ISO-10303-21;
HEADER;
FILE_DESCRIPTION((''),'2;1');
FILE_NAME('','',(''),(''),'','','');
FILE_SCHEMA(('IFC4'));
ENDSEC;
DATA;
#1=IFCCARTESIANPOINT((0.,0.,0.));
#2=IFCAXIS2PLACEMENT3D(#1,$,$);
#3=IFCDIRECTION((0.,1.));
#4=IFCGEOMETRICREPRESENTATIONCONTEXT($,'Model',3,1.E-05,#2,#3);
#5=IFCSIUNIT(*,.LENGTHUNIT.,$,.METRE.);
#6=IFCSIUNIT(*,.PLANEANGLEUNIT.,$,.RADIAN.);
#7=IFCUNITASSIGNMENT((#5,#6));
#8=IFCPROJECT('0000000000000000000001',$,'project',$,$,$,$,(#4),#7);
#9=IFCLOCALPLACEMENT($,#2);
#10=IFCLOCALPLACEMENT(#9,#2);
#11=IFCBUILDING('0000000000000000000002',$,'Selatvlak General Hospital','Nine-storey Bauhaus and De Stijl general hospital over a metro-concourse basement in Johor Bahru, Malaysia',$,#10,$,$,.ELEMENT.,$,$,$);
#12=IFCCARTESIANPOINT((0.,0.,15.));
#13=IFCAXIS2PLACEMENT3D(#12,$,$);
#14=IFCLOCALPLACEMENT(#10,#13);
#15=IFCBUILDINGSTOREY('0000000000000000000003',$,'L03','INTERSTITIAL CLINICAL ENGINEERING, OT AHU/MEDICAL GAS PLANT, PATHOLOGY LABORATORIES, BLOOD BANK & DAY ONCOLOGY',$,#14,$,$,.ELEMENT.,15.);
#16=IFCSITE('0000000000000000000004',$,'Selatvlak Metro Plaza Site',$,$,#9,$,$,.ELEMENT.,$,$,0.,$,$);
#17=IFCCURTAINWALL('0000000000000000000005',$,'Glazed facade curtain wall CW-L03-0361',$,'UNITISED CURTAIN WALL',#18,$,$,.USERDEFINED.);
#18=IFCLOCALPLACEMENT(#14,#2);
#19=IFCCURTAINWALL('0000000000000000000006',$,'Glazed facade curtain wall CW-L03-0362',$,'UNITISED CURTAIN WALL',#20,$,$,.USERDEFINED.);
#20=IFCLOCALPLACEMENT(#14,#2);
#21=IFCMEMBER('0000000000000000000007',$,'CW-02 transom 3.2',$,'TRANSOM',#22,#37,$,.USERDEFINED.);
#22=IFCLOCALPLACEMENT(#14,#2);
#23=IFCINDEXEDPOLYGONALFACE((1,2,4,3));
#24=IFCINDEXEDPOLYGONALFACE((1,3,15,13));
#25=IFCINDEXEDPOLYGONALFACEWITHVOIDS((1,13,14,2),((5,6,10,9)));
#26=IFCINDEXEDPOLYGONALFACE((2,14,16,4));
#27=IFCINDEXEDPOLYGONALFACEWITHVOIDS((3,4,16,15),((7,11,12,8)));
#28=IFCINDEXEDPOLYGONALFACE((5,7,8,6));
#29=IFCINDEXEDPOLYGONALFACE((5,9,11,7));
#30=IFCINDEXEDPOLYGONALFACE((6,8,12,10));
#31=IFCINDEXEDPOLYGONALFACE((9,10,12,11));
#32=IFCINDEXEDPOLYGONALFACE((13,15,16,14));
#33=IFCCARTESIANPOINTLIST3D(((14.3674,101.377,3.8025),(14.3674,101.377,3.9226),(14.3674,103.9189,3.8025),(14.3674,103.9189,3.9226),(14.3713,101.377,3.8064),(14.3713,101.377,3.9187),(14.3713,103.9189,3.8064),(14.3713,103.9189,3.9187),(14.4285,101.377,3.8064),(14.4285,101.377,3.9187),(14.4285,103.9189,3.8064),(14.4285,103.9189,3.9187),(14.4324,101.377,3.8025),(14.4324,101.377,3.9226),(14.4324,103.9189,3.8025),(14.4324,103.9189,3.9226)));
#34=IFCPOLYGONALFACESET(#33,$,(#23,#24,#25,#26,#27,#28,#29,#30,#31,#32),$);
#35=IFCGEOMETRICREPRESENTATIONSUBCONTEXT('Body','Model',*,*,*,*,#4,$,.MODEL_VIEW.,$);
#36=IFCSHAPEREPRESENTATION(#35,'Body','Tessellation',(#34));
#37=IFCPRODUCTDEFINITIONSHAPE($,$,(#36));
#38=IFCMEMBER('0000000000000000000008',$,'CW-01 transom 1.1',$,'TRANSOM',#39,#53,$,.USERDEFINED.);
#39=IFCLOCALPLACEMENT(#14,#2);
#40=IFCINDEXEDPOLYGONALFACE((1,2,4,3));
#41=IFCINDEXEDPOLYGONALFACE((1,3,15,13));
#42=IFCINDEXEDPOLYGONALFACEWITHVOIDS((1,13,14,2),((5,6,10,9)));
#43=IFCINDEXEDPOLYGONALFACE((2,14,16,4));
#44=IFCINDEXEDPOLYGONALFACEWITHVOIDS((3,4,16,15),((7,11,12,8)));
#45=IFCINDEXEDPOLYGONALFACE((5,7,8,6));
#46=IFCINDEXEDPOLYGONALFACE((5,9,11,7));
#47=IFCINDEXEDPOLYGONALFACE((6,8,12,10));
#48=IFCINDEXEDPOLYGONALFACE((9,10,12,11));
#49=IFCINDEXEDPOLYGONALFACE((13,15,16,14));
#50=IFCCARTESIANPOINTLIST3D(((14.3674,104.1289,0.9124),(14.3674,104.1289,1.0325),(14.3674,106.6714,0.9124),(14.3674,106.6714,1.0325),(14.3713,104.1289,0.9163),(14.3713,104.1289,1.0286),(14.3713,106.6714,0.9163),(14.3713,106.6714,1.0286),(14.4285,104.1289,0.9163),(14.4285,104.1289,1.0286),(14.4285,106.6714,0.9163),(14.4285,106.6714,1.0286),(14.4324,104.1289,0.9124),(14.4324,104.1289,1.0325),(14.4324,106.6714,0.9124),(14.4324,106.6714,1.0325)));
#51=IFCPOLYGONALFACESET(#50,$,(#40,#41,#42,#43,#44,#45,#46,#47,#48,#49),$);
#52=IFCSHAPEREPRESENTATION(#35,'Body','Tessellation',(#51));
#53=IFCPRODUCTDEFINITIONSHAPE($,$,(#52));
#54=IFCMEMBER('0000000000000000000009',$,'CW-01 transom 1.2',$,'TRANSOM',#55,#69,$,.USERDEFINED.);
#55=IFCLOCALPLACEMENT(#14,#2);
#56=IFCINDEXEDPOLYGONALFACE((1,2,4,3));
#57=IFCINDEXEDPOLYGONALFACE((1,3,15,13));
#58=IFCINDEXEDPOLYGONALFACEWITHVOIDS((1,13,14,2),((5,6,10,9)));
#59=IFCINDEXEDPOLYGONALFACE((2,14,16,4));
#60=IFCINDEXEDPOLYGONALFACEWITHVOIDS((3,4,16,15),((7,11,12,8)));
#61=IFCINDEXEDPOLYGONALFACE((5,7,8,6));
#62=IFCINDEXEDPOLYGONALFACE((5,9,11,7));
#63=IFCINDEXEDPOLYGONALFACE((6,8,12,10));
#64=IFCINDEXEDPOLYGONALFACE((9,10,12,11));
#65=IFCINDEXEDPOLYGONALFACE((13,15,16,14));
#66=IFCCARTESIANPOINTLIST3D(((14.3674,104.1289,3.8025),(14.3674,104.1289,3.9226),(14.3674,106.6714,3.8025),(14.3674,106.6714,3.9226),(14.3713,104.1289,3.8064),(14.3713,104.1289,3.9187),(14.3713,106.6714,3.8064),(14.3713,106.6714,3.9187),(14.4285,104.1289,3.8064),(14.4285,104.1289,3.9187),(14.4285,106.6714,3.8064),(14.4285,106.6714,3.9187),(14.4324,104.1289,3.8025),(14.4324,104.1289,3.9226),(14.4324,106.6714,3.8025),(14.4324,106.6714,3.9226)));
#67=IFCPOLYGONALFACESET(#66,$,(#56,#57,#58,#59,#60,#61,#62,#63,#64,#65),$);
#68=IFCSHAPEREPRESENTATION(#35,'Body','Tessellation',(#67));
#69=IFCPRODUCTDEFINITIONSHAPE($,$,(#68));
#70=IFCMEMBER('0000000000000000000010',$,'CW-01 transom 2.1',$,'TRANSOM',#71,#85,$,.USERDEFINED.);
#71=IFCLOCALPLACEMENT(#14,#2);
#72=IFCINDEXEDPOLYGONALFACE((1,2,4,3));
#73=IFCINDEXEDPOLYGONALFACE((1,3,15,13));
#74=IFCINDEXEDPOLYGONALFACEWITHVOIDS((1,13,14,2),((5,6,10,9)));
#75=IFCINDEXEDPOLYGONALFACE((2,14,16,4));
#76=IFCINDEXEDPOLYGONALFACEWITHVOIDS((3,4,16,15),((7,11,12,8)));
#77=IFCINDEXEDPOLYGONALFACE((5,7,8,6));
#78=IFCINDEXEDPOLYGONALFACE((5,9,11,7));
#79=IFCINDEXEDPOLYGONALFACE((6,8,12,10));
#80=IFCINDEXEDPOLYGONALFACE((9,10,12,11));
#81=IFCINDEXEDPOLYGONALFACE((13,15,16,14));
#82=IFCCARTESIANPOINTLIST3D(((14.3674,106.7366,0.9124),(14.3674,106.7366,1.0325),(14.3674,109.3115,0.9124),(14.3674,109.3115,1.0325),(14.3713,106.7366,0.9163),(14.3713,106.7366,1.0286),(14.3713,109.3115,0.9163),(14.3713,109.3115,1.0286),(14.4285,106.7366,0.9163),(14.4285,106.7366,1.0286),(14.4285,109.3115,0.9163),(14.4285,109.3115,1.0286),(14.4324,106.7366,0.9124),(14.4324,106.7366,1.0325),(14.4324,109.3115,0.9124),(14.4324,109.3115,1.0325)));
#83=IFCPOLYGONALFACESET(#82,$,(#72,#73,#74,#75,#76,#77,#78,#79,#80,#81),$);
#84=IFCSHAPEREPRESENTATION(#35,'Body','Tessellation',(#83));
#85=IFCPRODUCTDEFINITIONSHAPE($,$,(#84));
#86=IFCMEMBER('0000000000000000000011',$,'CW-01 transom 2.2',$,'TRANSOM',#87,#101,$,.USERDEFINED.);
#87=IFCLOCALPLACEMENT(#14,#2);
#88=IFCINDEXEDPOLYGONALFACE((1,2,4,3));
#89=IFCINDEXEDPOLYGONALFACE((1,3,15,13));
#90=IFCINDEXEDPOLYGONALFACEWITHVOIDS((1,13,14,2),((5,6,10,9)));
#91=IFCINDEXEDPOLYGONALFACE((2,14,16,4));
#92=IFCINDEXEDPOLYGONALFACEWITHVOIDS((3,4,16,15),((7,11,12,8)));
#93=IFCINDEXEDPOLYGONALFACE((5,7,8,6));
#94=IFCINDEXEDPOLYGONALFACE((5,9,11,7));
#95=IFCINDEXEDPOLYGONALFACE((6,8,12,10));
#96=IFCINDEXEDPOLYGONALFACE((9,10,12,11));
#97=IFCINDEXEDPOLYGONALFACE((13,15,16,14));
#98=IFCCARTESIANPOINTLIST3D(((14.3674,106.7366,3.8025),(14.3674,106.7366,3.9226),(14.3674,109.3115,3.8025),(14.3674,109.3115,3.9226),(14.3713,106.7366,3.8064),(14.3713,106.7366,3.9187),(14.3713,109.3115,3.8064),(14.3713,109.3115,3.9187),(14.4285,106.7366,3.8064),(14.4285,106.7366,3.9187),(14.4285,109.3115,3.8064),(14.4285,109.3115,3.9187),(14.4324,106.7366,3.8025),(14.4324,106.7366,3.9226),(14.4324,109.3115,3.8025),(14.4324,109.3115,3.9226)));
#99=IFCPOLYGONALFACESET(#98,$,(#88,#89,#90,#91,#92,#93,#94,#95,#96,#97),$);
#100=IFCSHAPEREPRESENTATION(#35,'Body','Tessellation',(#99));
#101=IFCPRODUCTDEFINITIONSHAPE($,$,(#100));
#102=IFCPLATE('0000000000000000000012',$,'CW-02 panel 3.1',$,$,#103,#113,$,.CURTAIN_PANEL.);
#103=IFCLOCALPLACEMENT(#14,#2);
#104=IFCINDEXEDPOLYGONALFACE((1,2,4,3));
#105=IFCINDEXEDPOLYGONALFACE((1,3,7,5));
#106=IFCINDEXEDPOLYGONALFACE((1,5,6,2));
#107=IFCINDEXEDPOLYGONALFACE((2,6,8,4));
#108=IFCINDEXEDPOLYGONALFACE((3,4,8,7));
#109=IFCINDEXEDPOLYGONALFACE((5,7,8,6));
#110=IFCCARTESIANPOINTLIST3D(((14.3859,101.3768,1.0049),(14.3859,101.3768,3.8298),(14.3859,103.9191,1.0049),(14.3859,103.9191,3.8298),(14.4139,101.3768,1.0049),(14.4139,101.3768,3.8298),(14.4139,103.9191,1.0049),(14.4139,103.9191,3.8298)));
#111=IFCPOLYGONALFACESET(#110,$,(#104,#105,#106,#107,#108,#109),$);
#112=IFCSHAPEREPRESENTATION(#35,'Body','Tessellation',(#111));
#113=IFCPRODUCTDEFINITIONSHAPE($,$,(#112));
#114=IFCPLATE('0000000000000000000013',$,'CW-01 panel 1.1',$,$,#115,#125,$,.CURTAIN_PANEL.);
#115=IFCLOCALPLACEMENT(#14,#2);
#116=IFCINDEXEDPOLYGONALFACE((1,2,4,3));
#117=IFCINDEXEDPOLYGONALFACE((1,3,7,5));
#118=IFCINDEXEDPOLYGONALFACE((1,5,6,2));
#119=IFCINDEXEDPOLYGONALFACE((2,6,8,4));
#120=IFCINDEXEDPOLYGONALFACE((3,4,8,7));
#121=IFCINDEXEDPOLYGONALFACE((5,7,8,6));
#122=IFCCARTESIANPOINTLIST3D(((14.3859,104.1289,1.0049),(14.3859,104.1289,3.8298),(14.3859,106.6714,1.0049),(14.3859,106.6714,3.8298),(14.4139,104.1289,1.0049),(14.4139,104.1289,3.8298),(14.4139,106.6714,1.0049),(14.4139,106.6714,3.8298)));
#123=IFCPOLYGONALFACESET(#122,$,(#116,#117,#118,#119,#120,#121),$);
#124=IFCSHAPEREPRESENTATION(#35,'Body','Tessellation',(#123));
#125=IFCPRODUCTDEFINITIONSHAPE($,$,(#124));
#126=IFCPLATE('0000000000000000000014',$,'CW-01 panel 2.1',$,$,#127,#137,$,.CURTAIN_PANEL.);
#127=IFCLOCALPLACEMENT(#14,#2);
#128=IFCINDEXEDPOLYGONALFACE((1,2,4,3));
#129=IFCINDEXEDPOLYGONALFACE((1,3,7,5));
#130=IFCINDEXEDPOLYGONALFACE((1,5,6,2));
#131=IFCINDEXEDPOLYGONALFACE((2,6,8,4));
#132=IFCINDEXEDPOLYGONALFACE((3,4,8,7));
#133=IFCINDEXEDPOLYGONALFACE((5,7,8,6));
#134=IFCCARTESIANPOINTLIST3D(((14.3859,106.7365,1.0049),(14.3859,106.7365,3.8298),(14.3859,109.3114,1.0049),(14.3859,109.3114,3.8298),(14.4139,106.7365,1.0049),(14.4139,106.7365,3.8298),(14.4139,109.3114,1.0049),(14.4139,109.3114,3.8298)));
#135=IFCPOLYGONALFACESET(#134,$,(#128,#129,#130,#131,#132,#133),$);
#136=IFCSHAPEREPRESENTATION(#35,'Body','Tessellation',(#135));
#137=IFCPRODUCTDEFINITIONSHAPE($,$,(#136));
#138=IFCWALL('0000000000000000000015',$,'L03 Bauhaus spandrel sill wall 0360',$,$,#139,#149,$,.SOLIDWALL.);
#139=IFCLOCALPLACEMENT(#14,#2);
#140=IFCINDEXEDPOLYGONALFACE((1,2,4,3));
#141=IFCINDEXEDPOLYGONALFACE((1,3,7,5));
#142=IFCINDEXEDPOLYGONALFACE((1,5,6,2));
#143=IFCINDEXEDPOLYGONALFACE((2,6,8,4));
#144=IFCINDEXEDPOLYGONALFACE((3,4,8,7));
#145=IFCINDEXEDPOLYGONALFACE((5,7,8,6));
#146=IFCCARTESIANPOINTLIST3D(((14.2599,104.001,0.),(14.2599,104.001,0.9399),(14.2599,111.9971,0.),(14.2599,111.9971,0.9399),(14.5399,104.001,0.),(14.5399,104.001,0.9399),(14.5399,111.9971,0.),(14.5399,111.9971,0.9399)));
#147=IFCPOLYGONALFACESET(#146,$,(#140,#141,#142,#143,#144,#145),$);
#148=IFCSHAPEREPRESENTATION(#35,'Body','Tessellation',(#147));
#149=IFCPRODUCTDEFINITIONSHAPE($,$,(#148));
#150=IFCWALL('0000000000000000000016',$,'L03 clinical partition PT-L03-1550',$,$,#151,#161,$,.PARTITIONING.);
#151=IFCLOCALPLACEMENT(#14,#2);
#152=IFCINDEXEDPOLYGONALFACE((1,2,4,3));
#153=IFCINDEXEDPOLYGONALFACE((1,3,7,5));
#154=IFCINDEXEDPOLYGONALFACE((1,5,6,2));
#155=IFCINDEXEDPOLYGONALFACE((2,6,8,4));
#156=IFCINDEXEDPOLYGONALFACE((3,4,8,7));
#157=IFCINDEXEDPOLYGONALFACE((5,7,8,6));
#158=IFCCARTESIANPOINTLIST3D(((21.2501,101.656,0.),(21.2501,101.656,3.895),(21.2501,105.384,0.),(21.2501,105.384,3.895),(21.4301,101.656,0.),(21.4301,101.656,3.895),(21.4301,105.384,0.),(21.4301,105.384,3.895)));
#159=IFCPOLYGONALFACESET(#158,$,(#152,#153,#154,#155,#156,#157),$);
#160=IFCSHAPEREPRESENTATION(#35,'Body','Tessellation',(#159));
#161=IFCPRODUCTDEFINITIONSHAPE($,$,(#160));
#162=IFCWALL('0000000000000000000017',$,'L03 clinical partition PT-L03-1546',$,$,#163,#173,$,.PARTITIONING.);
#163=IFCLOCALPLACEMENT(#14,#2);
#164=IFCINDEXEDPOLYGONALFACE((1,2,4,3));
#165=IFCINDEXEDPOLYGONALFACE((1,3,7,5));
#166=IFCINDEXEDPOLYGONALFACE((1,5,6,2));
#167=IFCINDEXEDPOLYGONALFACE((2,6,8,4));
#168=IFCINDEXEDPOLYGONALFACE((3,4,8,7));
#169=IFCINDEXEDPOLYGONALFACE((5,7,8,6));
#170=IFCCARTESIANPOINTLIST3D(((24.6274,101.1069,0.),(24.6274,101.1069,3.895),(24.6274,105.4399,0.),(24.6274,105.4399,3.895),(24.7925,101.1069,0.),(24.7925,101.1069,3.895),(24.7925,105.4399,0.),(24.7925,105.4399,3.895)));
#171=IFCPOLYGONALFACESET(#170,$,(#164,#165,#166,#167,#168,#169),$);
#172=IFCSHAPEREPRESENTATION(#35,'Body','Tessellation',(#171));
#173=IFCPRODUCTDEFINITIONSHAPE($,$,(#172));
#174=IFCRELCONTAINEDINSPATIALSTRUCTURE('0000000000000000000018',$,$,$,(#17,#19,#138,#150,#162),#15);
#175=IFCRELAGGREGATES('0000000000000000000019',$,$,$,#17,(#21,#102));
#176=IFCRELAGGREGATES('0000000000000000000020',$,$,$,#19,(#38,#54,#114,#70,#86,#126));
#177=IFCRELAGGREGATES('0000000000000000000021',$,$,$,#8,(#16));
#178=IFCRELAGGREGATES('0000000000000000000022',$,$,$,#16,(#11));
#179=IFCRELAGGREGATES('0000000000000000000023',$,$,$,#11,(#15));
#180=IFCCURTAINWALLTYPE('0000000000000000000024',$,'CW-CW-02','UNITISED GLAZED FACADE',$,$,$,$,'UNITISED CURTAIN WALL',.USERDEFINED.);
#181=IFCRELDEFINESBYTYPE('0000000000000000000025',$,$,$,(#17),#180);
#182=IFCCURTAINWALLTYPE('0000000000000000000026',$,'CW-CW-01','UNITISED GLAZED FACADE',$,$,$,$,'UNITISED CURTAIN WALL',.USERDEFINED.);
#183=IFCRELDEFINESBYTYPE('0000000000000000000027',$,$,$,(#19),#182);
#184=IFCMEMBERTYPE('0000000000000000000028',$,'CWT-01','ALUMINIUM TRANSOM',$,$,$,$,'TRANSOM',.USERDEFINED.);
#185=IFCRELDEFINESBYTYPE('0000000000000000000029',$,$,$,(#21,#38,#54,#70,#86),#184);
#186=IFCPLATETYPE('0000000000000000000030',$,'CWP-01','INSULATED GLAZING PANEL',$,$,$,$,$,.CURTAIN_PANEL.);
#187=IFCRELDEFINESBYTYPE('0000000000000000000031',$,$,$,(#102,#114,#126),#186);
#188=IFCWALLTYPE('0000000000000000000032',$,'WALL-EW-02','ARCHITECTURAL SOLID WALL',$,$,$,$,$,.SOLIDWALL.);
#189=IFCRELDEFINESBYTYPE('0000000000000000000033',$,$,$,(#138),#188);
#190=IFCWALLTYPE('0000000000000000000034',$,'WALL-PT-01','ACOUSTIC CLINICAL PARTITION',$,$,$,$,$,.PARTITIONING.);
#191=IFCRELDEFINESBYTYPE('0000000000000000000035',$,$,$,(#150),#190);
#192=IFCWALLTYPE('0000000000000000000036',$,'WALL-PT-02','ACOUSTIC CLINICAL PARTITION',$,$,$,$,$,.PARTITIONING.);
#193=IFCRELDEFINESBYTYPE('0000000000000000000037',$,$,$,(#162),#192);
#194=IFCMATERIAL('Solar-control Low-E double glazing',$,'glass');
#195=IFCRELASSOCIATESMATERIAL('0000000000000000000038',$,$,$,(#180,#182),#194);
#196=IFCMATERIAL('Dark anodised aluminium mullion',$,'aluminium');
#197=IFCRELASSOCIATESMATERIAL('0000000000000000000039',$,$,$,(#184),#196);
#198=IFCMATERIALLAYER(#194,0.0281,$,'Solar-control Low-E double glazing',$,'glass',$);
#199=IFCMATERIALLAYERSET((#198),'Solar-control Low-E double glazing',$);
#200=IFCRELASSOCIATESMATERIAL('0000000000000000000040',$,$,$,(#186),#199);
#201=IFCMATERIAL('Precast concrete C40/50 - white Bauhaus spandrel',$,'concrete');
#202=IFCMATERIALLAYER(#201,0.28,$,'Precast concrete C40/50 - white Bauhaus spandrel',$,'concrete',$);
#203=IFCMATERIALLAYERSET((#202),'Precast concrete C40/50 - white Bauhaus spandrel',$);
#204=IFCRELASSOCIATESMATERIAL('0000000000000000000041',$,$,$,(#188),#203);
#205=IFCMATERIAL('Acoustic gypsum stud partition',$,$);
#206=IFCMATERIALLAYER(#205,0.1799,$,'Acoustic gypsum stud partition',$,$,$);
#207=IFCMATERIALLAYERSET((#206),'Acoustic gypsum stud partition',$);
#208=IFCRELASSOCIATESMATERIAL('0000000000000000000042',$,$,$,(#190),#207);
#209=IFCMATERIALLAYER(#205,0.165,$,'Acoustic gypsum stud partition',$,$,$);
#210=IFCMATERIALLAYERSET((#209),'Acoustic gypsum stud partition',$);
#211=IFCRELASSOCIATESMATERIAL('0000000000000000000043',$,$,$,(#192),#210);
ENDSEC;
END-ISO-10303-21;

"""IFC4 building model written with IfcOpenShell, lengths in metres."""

from ifc_helpers import new_model, si_unit, direction, frame, frame_2d, origin, origin_2d, place, context, subcontext, project, spatial, rectangle, hollow_rectangle, extrude, material, layer, layer_set, material_profile, profile_set, type_object, element, aggregate, save


model = new_model("IFC4")

# Units and contexts
model_context = context("Model", 3, precision=1e-05, world=origin(), true_north=direction((0.0, 1.0)))
body_context = subcontext(model_context, "Body", "Model", "MODEL_VIEW")
ifc_project = project(units=[si_unit("LENGTHUNIT", "METRE"), si_unit("PLANEANGLEUNIT", "RADIAN")], contexts=[model_context])

# Site, building, storey
site_placement = place(None, origin())
site = spatial("IfcSite", under=ifc_project, at=site_placement, Name="Selatvlak Metro Plaza Site", CompositionType="ELEMENT", RefElevation=0.0)
building_placement = place(site_placement, origin())
building = spatial("IfcBuilding", under=site, at=building_placement, Name="Selatvlak General Hospital", Description="Nine-storey Bauhaus and De Stijl general hospital over a metro-concourse basement in Johor Bahru, Malaysia", CompositionType="ELEMENT")
storey_placement = place(building_placement, frame((0.0, 0.0, 15.0)))
storey = spatial("IfcBuildingStorey", under=building, at=storey_placement, Name="L03", Description="INTERSTITIAL CLINICAL ENGINEERING, OT AHU/MEDICAL GAS PLANT, PATHOLOGY LABORATORIES, BLOOD BANK & DAY ONCOLOGY", CompositionType="ELEMENT", Elevation=15.0)

# Curtain walls
ifc_material_1 = material(Name="Solar-control Low-E double glazing", Category="glass")
curtain_wall_type_1 = type_object("IfcCurtainWallType", Name="CW-CW-02", Description="UNITISED GLAZED FACADE", ElementType="UNITISED CURTAIN WALL", PredefinedType="USERDEFINED", material=ifc_material_1)
curtain_wall_1_placement = place(storey_placement, origin())
curtain_wall_1 = element("IfcCurtainWall", 1, at=curtain_wall_1_placement, inside=storey, type_object=curtain_wall_type_1, Name="Glazed facade curtain wall CW-L03-0361", ObjectType="UNITISED CURTAIN WALL", PredefinedType="USERDEFINED")
ifc_material_2 = material(Name="Dark anodised aluminium mullion", Category="aluminium")
curtain_wall_type_2 = type_object("IfcCurtainWallType", Name="CW-CW-01", Description="UNITISED GLAZED FACADE", ElementType="UNITISED CURTAIN WALL", PredefinedType="USERDEFINED", material=ifc_material_1)
curtain_wall_2_placement = place(storey_placement, origin())
curtain_wall_2 = element("IfcCurtainWall", 2, at=curtain_wall_2_placement, inside=storey, type_object=curtain_wall_type_2, Name="Glazed facade curtain wall CW-L03-0362", ObjectType="UNITISED CURTAIN WALL", PredefinedType="USERDEFINED")

# Members
ifc_material_profile_1 = material_profile(ifc_material_2, hollow_rectangle(XDim=0.0649, YDim=0.1201, WallThickness=0.0039, at=origin_2d()), Name="AL-TRN 65x120x4")
ifc_profile_set_1 = profile_set([ifc_material_profile_1], Name="Dark anodised aluminium mullion")
member_type_1 = type_object("IfcMemberType", Name="CWT-01", Description="ALUMINIUM TRANSOM", ElementType="TRANSOM", PredefinedType="USERDEFINED", material=ifc_profile_set_1)
member_1_placement = place(storey_placement, frame((14.3999, 101.377, 3.8625), z_axis=(0.0, 1.0, 0.0), x_axis=(-1.0, 0.0, 0.0)))
member_1 = element("IfcMember", 3, at=member_1_placement, type_object=member_type_1, Name="CW-02 transom 3.2", ObjectType="TRANSOM", PredefinedType="USERDEFINED", context=body_context, shape_type="SweptSolid", body=[
    extrude(hollow_rectangle(XDim=0.0649, YDim=0.1201, WallThickness=0.0039, at=origin_2d()), origin(), (0.0, 0.0, 1.0), 2.542),
])
member_2_placement = place(storey_placement, frame((14.3999, 104.1289, 0.9724), z_axis=(0.0, 1.0, 0.0), x_axis=(-1.0, 0.0, 0.0)))
member_2 = element("IfcMember", 4, at=member_2_placement, type_object=member_type_1, Name="CW-01 transom 1.1", ObjectType="TRANSOM", PredefinedType="USERDEFINED", context=body_context, shape_type="SweptSolid", body=[
    extrude(hollow_rectangle(XDim=0.0649, YDim=0.1201, WallThickness=0.0039, at=origin_2d()), origin(), (0.0, 0.0, 1.0), 2.5425),
])
member_3_placement = place(storey_placement, frame((14.3999, 104.1289, 3.8625), z_axis=(0.0, 1.0, 0.0), x_axis=(-1.0, 0.0, 0.0)))
member_3 = element("IfcMember", 5, at=member_3_placement, type_object=member_type_1, Name="CW-01 transom 1.2", ObjectType="TRANSOM", PredefinedType="USERDEFINED", context=body_context, shape_type="SweptSolid", body=[
    extrude(hollow_rectangle(XDim=0.0649, YDim=0.1201, WallThickness=0.0039, at=origin_2d()), origin(), (0.0, 0.0, 1.0), 2.5425),
])
member_4_placement = place(storey_placement, frame((14.3999, 106.7366, 0.9724), z_axis=(0.0, 1.0, 0.0), x_axis=(-1.0, 0.0, 0.0)))
member_4 = element("IfcMember", 6, at=member_4_placement, type_object=member_type_1, Name="CW-01 transom 2.1", ObjectType="TRANSOM", PredefinedType="USERDEFINED", context=body_context, shape_type="SweptSolid", body=[
    extrude(hollow_rectangle(XDim=0.0649, YDim=0.1201, WallThickness=0.0039, at=origin_2d()), origin(), (0.0, 0.0, 1.0), 2.575),
])
member_5_placement = place(storey_placement, frame((14.3999, 106.7366, 3.8625), z_axis=(0.0, 1.0, 0.0), x_axis=(-1.0, 0.0, 0.0)))
member_5 = element("IfcMember", 7, at=member_5_placement, type_object=member_type_1, Name="CW-01 transom 2.2", ObjectType="TRANSOM", PredefinedType="USERDEFINED", context=body_context, shape_type="SweptSolid", body=[
    extrude(hollow_rectangle(XDim=0.0649, YDim=0.1201, WallThickness=0.0039, at=origin_2d()), origin(), (0.0, 0.0, 1.0), 2.575),
])

# Plates
ifc_layer_1 = layer(ifc_material_1, 0.0281, Name="Solar-control Low-E double glazing", Category="glass")
ifc_layer_set_1 = layer_set([ifc_layer_1], Name="Solar-control Low-E double glazing")
plate_type = type_object("IfcPlateType", Name="CWP-01", Description="INSULATED GLAZING PANEL", PredefinedType="CURTAIN_PANEL", material=ifc_layer_set_1)
plate_1_placement = place(storey_placement, frame((14.3999, 102.6479, 1.0049), z_axis=(0.0, 0.0, 1.0), x_axis=(0.0, 1.0, 0.0)))
plate_1 = element("IfcPlate", 8, at=plate_1_placement, type_object=plate_type, Name="CW-02 panel 3.1", PredefinedType="CURTAIN_PANEL", context=body_context, shape_type="SweptSolid", body=[
    extrude(rectangle(XDim=2.5422, YDim=0.0281, at=origin_2d()), origin(), (0.0, 0.0, 1.0), 2.825),
])
aggregate(curtain_wall_1, [member_1, plate_1])
plate_2_placement = place(storey_placement, frame((14.3999, 105.4001, 1.0049), z_axis=(0.0, 0.0, 1.0), x_axis=(0.0, 1.0, 0.0)))
plate_2 = element("IfcPlate", 9, at=plate_2_placement, type_object=plate_type, Name="CW-01 panel 1.1", PredefinedType="CURTAIN_PANEL", context=body_context, shape_type="SweptSolid", body=[
    extrude(rectangle(XDim=2.5425, YDim=0.0281, at=origin_2d()), origin(), (0.0, 0.0, 1.0), 2.825),
])
plate_3_placement = place(storey_placement, frame((14.3999, 108.0239, 1.0049), z_axis=(0.0, 0.0, 1.0), x_axis=(0.0, 1.0, 0.0)))
plate_3 = element("IfcPlate", 10, at=plate_3_placement, type_object=plate_type, Name="CW-01 panel 2.1", PredefinedType="CURTAIN_PANEL", context=body_context, shape_type="SweptSolid", body=[
    extrude(rectangle(XDim=2.575, YDim=0.0281, at=origin_2d()), origin(), (0.0, 0.0, 1.0), 2.825),
])
aggregate(curtain_wall_2, [member_2, member_3, plate_2, member_4, member_5, plate_3])

# Walls
ifc_material_3 = material(Name="Precast concrete C40/50 - white Bauhaus spandrel", Category="concrete")
ifc_layer_2 = layer(ifc_material_3, 0.28, Name="Precast concrete C40/50 - white Bauhaus spandrel", Category="concrete")
ifc_layer_set_2 = layer_set([ifc_layer_2], Name="Precast concrete C40/50 - white Bauhaus spandrel")
wall_type_1 = type_object("IfcWallType", Name="WALL-EW-02", Description="ARCHITECTURAL SOLID WALL", PredefinedType="SOLIDWALL", material=ifc_layer_set_2)
wall_1_placement = place(storey_placement, frame((14.3999, 104.001, 0.0), z_axis=(0.0, 0.0, 1.0), x_axis=(0.0, 1.0, 0.0)))
element("IfcWall", 11, at=wall_1_placement, inside=storey, type_object=wall_type_1, Name="L03 Bauhaus spandrel sill wall 0360", PredefinedType="SOLIDWALL", context=body_context, shape_type="SweptSolid", body=[
    extrude(rectangle(XDim=7.9961, YDim=0.28, at=frame_2d((3.998, 0.0))), origin(), (0.0, 0.0, 1.0), 0.9399),
])
ifc_material_4 = material(Name="Acoustic gypsum stud partition")
ifc_layer_3 = layer(ifc_material_4, 0.1799, Name="Acoustic gypsum stud partition")
ifc_layer_set_3 = layer_set([ifc_layer_3], Name="Acoustic gypsum stud partition")
wall_type_2 = type_object("IfcWallType", Name="WALL-PT-01", Description="ACOUSTIC CLINICAL PARTITION", PredefinedType="PARTITIONING", material=ifc_layer_set_3)
wall_2_placement = place(storey_placement, frame((21.3401, 105.384, 0.0), z_axis=(0.0, 0.0, 1.0), x_axis=(0.0, -1.0, 0.0)))
element("IfcWall", 12, at=wall_2_placement, inside=storey, type_object=wall_type_2, Name="L03 clinical partition PT-L03-1550", PredefinedType="PARTITIONING", context=body_context, shape_type="SweptSolid", body=[
    extrude(rectangle(XDim=3.728, YDim=0.1799, at=frame_2d((1.864, 0.0))), origin(), (0.0, 0.0, 1.0), 3.895),
])
ifc_layer_4 = layer(ifc_material_4, 0.165, Name="Acoustic gypsum stud partition")
ifc_layer_set_4 = layer_set([ifc_layer_4], Name="Acoustic gypsum stud partition")
wall_type_3 = type_object("IfcWallType", Name="WALL-PT-02", Description="ACOUSTIC CLINICAL PARTITION", PredefinedType="PARTITIONING", material=ifc_layer_set_4)
wall_3_placement = place(storey_placement, frame((24.71, 101.1069, 0.0), z_axis=(0.0, 0.0, 1.0), x_axis=(0.0, 1.0, 0.0)))
element("IfcWall", 13, at=wall_3_placement, inside=storey, type_object=wall_type_3, Name="L03 clinical partition PT-L03-1546", PredefinedType="PARTITIONING", context=body_context, shape_type="SweptSolid", body=[
    extrude(rectangle(XDim=4.333, YDim=0.165, at=frame_2d((2.1665, 0.0))), origin(), (0.0, 0.0, 1.0), 3.895),
])

save(model, "model.ifc")
